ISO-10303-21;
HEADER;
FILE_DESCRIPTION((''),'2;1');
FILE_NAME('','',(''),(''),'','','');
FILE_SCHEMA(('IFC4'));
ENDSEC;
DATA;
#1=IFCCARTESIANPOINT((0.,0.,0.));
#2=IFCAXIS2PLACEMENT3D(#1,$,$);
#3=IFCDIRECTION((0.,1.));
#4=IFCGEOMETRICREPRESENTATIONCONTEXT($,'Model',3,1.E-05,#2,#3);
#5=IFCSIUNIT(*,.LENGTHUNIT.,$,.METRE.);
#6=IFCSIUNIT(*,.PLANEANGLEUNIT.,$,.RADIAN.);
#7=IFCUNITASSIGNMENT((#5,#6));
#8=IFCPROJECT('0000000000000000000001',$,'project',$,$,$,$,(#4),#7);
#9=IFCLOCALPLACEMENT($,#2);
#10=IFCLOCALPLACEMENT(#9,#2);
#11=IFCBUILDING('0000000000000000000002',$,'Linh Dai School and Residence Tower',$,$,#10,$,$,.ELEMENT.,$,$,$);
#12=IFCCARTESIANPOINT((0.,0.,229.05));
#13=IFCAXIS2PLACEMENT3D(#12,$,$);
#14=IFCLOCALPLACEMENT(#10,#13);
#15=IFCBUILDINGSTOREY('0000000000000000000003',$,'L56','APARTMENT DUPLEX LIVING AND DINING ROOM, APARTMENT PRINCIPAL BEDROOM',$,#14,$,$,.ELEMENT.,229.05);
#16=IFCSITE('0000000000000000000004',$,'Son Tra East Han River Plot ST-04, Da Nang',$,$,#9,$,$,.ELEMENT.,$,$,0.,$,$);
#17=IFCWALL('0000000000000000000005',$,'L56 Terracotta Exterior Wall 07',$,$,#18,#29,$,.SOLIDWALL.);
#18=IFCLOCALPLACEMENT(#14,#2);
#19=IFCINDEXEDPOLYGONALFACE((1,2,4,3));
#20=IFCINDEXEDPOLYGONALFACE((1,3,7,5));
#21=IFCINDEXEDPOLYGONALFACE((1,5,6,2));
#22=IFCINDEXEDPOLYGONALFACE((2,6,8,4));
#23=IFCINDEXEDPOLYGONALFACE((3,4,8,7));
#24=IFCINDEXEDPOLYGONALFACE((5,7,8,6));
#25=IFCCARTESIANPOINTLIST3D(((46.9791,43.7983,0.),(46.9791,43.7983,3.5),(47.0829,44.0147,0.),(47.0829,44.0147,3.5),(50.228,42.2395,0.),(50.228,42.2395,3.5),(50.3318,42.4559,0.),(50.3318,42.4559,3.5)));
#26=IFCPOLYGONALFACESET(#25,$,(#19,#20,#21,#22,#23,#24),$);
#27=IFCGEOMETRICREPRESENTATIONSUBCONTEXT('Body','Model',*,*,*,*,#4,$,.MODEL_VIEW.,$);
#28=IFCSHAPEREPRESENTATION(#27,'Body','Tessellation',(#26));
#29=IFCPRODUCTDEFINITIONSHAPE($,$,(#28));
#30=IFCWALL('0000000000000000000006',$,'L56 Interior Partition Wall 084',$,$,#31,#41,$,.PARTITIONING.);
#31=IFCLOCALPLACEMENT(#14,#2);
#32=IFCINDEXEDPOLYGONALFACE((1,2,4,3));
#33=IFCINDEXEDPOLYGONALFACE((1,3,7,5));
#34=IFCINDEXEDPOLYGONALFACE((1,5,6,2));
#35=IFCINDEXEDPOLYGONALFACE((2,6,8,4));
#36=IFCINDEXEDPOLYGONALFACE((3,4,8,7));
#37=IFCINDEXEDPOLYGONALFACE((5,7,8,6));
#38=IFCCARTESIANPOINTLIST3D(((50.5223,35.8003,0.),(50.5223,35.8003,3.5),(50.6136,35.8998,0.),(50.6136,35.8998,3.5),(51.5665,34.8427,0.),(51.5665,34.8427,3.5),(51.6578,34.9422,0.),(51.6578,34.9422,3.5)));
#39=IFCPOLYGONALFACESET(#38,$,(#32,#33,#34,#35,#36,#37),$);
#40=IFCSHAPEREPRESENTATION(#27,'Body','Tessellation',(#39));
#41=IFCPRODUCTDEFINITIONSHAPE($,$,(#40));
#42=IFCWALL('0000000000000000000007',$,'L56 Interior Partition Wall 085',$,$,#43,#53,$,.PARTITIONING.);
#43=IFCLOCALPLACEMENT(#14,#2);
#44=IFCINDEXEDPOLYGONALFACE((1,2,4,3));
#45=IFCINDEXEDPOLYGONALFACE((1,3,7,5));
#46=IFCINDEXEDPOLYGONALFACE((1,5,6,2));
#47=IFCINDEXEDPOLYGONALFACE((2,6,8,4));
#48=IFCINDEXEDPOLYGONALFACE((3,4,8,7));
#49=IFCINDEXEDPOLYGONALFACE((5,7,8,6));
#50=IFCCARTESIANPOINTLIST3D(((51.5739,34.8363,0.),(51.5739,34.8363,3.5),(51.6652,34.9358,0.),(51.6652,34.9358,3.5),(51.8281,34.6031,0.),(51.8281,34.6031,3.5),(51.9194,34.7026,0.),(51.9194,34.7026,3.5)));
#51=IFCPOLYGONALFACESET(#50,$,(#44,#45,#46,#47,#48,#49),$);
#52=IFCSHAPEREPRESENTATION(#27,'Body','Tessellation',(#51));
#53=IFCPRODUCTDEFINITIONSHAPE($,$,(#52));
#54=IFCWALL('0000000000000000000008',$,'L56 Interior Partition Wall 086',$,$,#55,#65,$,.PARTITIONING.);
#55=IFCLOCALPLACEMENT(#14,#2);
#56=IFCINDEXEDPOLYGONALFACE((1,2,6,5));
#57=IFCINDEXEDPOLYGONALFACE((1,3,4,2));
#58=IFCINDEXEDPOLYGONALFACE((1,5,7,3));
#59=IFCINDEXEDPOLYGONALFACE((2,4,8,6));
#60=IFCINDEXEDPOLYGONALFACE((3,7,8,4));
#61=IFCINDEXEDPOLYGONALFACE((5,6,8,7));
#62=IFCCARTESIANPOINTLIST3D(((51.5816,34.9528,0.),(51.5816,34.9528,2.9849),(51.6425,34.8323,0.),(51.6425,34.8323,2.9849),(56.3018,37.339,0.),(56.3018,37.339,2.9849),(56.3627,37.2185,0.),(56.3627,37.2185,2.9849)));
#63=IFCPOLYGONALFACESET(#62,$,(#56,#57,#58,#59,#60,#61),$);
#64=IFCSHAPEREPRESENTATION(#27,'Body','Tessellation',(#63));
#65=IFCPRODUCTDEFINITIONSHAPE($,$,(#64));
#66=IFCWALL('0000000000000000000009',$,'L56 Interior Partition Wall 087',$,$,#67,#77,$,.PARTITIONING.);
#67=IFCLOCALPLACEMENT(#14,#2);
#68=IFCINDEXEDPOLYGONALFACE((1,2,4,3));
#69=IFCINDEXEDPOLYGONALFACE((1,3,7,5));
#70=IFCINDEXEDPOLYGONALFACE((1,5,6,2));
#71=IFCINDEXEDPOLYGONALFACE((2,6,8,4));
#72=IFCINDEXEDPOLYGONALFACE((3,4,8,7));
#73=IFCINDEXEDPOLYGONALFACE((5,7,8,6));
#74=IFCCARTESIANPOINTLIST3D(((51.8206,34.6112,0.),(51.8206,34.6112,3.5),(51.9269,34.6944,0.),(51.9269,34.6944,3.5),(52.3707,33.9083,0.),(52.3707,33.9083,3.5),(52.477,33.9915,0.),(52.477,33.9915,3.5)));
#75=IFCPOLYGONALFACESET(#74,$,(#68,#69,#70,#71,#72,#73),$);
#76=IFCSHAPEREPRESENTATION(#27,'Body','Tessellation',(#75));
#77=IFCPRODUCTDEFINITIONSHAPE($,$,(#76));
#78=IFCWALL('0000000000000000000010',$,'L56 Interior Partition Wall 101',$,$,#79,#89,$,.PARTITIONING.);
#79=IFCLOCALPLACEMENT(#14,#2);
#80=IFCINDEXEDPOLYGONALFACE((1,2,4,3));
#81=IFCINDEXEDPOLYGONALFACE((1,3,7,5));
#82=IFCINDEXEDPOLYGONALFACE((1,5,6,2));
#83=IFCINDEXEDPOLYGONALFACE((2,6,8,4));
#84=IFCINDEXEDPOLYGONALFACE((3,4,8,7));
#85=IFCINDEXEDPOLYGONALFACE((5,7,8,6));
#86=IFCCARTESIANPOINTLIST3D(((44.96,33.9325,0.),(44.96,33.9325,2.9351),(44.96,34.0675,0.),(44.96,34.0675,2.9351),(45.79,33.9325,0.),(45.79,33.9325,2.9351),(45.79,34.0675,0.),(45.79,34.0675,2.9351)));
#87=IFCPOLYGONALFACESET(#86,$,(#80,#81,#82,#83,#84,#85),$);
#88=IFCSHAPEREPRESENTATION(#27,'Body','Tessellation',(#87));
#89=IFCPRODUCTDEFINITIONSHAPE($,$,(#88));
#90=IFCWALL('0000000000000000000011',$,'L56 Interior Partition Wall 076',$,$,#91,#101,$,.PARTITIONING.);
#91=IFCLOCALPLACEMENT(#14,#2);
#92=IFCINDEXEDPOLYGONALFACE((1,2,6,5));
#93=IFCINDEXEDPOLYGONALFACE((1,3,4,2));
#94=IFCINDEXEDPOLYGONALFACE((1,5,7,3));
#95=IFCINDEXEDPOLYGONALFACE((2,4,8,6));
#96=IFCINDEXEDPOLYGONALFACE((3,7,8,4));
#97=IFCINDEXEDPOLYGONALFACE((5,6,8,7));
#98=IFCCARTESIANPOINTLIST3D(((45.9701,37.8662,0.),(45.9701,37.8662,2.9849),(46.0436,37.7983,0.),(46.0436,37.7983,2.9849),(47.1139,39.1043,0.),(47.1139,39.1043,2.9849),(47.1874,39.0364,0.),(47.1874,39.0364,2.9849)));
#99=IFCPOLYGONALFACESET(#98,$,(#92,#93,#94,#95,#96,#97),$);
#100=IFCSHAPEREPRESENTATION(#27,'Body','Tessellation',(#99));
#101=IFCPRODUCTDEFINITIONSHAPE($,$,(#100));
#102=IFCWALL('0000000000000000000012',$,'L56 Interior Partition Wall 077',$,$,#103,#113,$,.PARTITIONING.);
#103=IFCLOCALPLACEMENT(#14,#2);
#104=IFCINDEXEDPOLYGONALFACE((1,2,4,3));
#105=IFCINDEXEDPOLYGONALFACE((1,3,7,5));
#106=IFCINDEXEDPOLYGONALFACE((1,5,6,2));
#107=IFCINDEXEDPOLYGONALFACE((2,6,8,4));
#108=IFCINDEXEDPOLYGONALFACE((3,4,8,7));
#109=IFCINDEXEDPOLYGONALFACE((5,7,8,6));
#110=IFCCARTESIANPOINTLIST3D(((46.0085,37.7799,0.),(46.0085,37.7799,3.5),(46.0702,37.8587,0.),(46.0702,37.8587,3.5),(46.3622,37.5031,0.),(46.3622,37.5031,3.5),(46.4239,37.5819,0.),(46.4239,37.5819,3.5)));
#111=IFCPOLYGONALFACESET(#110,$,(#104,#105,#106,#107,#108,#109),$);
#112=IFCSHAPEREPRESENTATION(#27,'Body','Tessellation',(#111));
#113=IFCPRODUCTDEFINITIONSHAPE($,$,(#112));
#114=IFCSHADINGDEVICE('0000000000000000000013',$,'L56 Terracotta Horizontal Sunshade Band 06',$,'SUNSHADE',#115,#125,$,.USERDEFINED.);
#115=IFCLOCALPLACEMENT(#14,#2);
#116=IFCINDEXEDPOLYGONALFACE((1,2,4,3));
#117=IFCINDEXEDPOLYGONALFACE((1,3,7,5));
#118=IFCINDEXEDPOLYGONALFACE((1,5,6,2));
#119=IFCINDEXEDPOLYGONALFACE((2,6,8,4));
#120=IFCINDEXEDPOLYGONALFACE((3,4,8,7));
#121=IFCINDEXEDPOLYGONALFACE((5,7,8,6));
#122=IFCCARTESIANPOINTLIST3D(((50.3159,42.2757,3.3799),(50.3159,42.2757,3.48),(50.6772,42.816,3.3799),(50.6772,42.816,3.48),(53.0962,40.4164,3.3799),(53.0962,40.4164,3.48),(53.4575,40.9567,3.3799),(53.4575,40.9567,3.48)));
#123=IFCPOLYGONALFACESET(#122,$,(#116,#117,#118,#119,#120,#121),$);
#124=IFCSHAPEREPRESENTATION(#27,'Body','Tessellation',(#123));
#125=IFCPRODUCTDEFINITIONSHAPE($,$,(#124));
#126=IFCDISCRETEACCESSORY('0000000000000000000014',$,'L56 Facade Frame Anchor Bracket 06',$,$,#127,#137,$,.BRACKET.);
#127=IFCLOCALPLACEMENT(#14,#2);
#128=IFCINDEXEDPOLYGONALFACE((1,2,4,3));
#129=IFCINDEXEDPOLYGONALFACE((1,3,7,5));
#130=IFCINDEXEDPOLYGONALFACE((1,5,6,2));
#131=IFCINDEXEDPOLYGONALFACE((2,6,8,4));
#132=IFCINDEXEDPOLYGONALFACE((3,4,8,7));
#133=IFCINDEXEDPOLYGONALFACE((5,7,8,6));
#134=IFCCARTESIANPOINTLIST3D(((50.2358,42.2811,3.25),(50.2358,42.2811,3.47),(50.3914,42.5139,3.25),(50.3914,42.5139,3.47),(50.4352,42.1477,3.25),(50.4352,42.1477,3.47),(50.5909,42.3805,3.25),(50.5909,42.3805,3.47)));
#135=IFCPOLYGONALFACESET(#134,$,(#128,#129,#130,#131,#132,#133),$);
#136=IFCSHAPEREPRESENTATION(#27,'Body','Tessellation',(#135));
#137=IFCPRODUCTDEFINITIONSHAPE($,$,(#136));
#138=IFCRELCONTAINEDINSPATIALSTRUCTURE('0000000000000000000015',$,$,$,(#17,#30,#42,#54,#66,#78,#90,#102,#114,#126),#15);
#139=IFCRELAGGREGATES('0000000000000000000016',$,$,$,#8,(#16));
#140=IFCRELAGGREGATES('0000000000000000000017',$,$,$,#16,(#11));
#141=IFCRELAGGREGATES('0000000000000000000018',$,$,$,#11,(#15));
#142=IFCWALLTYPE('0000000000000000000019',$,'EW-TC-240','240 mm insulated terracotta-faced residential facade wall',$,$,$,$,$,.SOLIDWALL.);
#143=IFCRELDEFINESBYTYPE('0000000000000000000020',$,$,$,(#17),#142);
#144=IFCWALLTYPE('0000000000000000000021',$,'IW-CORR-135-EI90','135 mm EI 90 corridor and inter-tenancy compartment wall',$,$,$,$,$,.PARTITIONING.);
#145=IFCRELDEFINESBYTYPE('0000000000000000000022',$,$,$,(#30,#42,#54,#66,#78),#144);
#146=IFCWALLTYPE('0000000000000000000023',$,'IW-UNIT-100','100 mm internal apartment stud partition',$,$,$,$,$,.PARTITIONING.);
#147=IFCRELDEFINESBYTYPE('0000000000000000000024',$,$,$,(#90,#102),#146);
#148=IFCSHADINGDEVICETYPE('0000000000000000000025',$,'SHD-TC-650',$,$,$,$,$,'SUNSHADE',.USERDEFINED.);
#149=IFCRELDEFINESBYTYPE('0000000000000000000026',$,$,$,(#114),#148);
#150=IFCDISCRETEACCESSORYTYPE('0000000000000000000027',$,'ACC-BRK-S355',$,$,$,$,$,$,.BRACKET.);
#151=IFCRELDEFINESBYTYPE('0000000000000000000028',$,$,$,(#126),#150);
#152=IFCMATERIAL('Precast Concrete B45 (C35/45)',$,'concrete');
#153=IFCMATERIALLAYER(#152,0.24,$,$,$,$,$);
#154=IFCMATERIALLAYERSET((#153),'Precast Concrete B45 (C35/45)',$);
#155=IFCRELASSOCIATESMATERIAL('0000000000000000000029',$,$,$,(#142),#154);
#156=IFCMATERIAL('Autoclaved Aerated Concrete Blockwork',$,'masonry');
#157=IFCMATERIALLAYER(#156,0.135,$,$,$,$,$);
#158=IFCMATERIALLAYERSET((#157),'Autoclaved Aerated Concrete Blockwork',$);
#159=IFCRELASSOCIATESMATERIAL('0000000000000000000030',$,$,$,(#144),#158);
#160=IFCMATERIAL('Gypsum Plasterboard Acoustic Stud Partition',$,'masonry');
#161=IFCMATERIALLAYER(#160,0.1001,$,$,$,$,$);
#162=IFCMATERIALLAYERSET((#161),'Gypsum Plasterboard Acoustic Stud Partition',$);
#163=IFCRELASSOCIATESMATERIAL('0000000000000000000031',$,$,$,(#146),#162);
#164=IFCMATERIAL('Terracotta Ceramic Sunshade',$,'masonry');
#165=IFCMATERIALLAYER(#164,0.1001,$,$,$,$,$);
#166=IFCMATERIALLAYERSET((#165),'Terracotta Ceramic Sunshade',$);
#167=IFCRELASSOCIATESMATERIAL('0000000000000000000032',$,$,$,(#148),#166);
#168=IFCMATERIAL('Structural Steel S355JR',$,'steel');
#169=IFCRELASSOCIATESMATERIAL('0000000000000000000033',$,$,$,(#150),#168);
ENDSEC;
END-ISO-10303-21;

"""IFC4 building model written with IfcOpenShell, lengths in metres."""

from ifc_helpers import new_model, si_unit, direction, frame, frame_2d, origin, origin_2d, place, context, subcontext, project, spatial, rectangle, extrude, source, transform, mapped, material, layer, layer_set, type_object, element, save


model = new_model("IFC4")

# Units and contexts
model_context = context("Model", 3, precision=1e-05, world=origin(), true_north=direction((0.0, 1.0)))
body_context = subcontext(model_context, "Body", "Model", "MODEL_VIEW")
ifc_project = project(units=[si_unit("LENGTHUNIT", "METRE"), si_unit("PLANEANGLEUNIT", "RADIAN")], contexts=[model_context])

# Site, building, storey
site_placement = place(None, origin())
site = spatial("IfcSite", under=ifc_project, at=site_placement, Name="Son Tra East Han River Plot ST-04, Da Nang", CompositionType="ELEMENT", RefElevation=0.0)
building_placement = place(site_placement, origin())
building = spatial("IfcBuilding", under=site, at=building_placement, Name="Linh Dai School and Residence Tower", CompositionType="ELEMENT")
storey_placement = place(building_placement, frame((0.0, 0.0, 229.05)))
storey = spatial("IfcBuildingStorey", under=building, at=storey_placement, Name="L56", Description="APARTMENT DUPLEX LIVING AND DINING ROOM, APARTMENT PRINCIPAL BEDROOM", CompositionType="ELEMENT", Elevation=229.05)

# Shared definitions
ifc_material_1 = material(Name="Structural Steel S355JR", Category="steel")

# Shared definitions
ifc_material_2 = material(Name="Precast Concrete B45 (C35/45)", Category="concrete")

# Shared definitions
ifc_layer_1 = layer(ifc_material_2, 0.24)
ifc_layer_set_1 = layer_set([ifc_layer_1], Name="Precast Concrete B45 (C35/45)")
wall_type_1 = type_object("IfcWallType", Name="EW-TC-240", Description="240 mm insulated terracotta-faced residential facade wall", PredefinedType="SOLIDWALL", material=ifc_layer_set_1)

# Walls
wall_1_placement = place(storey_placement, frame((47.031, 43.9065, 0.0), z_axis=(0.0, 0.0, 1.0), x_axis=(0.901598, -0.432575, 0.0)))
element("IfcWall", 1, at=wall_1_placement, inside=storey, type_object=wall_type_1, Name="L56 Terracotta Exterior Wall 07", PredefinedType="SOLIDWALL", context=body_context, shape_type="SweptSolid", body=[
    extrude(rectangle(XDim=3.6035, YDim=0.24, at=frame_2d((1.8018, 0.0))), origin(), (0.0, 0.0, 1.0), 3.5),
])
ifc_material_3 = material(Name="Autoclaved Aerated Concrete Blockwork", Category="masonry")
ifc_layer_2 = layer(ifc_material_3, 0.135)
ifc_layer_set_2 = layer_set([ifc_layer_2], Name="Autoclaved Aerated Concrete Blockwork")
wall_type_2 = type_object("IfcWallType", Name="IW-CORR-135-EI90", Description="135 mm EI 90 corridor and inter-tenancy compartment wall", PredefinedType="PARTITIONING", material=ifc_layer_set_2)
wall_2_placement = place(storey_placement, frame((50.5679, 35.8501, 0.0), z_axis=(0.0, 0.0, 1.0), x_axis=(0.737033, -0.675857, 0.0)))
element("IfcWall", 2, at=wall_2_placement, inside=storey, type_object=wall_type_2, Name="L56 Interior Partition Wall 084", PredefinedType="PARTITIONING", context=body_context, shape_type="SweptSolid", body=[
    extrude(rectangle(XDim=1.4167, YDim=0.135, at=frame_2d((0.7085, 0.0))), origin(), (0.0, 0.0, 1.0), 3.5),
])
wall_3_placement = place(storey_placement, frame((51.6196, 34.886, 0.0), z_axis=(0.0, 0.0, 1.0), x_axis=(0.73689, -0.676013, 0.0)))
element("IfcWall", 3, at=wall_3_placement, inside=storey, type_object=wall_type_2, Name="L56 Interior Partition Wall 085", PredefinedType="PARTITIONING", context=body_context, shape_type="SweptSolid", body=[
    extrude(rectangle(XDim=0.345, YDim=0.135, at=frame_2d((0.1724, 0.0))), origin(), (0.0, 0.0, 1.0), 3.5),
])
wall_4_placement = place(storey_placement, frame((51.6121, 34.8926, 0.0), z_axis=(0.0, 0.0, 1.0), x_axis=(0.892443, 0.45116, 0.0)))
element("IfcWall", 4, at=wall_4_placement, inside=storey, type_object=wall_type_2, Name="L56 Interior Partition Wall 086", PredefinedType="PARTITIONING", context=body_context, shape_type="SweptSolid", body=[
    extrude(rectangle(XDim=5.2891, YDim=0.135, at=frame_2d((2.6445, 0.0))), origin(), (0.0, 0.0, 1.0), 2.9849),
])
wall_5_placement = place(storey_placement, frame((51.8738, 34.6528, 0.0), z_axis=(0.0, 0.0, 1.0), x_axis=(0.616286, -0.787522, 0.0)))
element("IfcWall", 5, at=wall_5_placement, inside=storey, type_object=wall_type_2, Name="L56 Interior Partition Wall 087", PredefinedType="PARTITIONING", context=body_context, shape_type="SweptSolid", body=[
    extrude(rectangle(XDim=0.8926, YDim=0.135, at=frame_2d((0.4463, 0.0))), origin(), (0.0, 0.0, 1.0), 3.5),
])
wall_6_placement = place(storey_placement, frame((45.79, 34.0, 0.0), z_axis=(0.0, 0.0, 1.0), x_axis=(-1.0, 0.0, 0.0)))
element("IfcWall", 6, at=wall_6_placement, inside=storey, type_object=wall_type_2, Name="L56 Interior Partition Wall 101", PredefinedType="PARTITIONING", context=body_context, shape_type="SweptSolid", body=[
    extrude(rectangle(XDim=0.8301, YDim=0.135, at=frame_2d((0.415, 0.0))), origin(), (0.0, 0.0, 1.0), 2.9351),
])
ifc_material_4 = material(Name="Gypsum Plasterboard Acoustic Stud Partition", Category="masonry")
ifc_layer_3 = layer(ifc_material_4, 0.1001)
ifc_layer_set_3 = layer_set([ifc_layer_3], Name="Gypsum Plasterboard Acoustic Stud Partition")
wall_type_3 = type_object("IfcWallType", Name="IW-UNIT-100", Description="100 mm internal apartment stud partition", PredefinedType="PARTITIONING", material=ifc_layer_set_3)
wall_7_placement = place(storey_placement, frame((46.0068, 37.8323, 0.0), z_axis=(0.0, 0.0, 1.0), x_axis=(0.678599, 0.734509, 0.0)))
element("IfcWall", 7, at=wall_7_placement, inside=storey, type_object=wall_type_3, Name="L56 Interior Partition Wall 076", PredefinedType="PARTITIONING", context=body_context, shape_type="SweptSolid", body=[
    extrude(rectangle(XDim=1.6855, YDim=0.1001, at=frame_2d((0.8428, 0.0))), origin(), (0.0, 0.0, 1.0), 2.9849),
])
wall_8_placement = place(storey_placement, frame((46.0393, 37.8193, 0.0), z_axis=(0.0, 0.0, 1.0), x_axis=(0.787505, -0.616308, 0.0)))
element("IfcWall", 8, at=wall_8_placement, inside=storey, type_object=wall_type_3, Name="L56 Interior Partition Wall 077", PredefinedType="PARTITIONING", context=body_context, shape_type="SweptSolid", body=[
    extrude(rectangle(XDim=0.4492, YDim=0.1001, at=frame_2d((0.2246, 0.0))), origin(), (0.0, 0.0, 1.0), 3.5),
])

# Shading device
ifc_material_5 = material(Name="Terracotta Ceramic Sunshade", Category="masonry")
ifc_layer_4 = layer(ifc_material_5, 0.1001)
ifc_layer_set_4 = layer_set([ifc_layer_4], Name="Terracotta Ceramic Sunshade")
shading_device_type = type_object("IfcShadingDeviceType", Name="SHD-TC-650", ElementType="SUNSHADE", PredefinedType="USERDEFINED", material=ifc_layer_set_4)
shared_shape_1 = source(origin(), body_context, "Body", "SweptSolid", [
    extrude(rectangle(XDim=3.3447, YDim=0.6499, at=origin_2d()), origin(), (0.0, 0.0, 1.0), 0.1001),
])
shading_device_placement = place(storey_placement, frame((51.8867, 41.6162, 3.3799), z_axis=(0.0, 0.0, 1.0), x_axis=(0.831258, -0.555887, 0.0)))
element("IfcShadingDevice", 9, at=shading_device_placement, inside=storey, type_object=shading_device_type, Name="L56 Terracotta Horizontal Sunshade Band 06", ObjectType="SUNSHADE", PredefinedType="USERDEFINED", context=body_context, shape_type="MappedRepresentation", body=[
    mapped(shared_shape_1, transform((0.0, 0.0, 0.0), x_axis=(1.0, 0.0, 0.0), y_axis=(0.0, 1.0, 0.0), z_axis=(0.0, 0.0, 1.0), scale=1.0)),
])

# Discrete accessory
discrete_accessory_type = type_object("IfcDiscreteAccessoryType", Name="ACC-BRK-S355", PredefinedType="BRACKET", material=ifc_material_1)
shared_shape_2 = source(origin(), body_context, "Body", "SweptSolid", [
    extrude(rectangle(XDim=0.28, YDim=0.24, at=origin_2d()), origin(), (0.0, 0.0, 1.0), 0.22),
])
discrete_accessory_placement = place(storey_placement, frame((50.4133, 42.3308, 3.25), z_axis=(0.0, 0.0, 1.0), x_axis=(0.555887, 0.831258, 0.0)))
element("IfcDiscreteAccessory", 10, at=discrete_accessory_placement, inside=storey, type_object=discrete_accessory_type, Name="L56 Facade Frame Anchor Bracket 06", PredefinedType="BRACKET", context=body_context, shape_type="MappedRepresentation", body=[
    mapped(shared_shape_2, transform((0.0, 0.0, 0.0), x_axis=(1.0, 0.0, 0.0), y_axis=(0.0, 1.0, 0.0), z_axis=(0.0, 0.0, 1.0), scale=1.0)),
])

save(model, "model.ifc")
